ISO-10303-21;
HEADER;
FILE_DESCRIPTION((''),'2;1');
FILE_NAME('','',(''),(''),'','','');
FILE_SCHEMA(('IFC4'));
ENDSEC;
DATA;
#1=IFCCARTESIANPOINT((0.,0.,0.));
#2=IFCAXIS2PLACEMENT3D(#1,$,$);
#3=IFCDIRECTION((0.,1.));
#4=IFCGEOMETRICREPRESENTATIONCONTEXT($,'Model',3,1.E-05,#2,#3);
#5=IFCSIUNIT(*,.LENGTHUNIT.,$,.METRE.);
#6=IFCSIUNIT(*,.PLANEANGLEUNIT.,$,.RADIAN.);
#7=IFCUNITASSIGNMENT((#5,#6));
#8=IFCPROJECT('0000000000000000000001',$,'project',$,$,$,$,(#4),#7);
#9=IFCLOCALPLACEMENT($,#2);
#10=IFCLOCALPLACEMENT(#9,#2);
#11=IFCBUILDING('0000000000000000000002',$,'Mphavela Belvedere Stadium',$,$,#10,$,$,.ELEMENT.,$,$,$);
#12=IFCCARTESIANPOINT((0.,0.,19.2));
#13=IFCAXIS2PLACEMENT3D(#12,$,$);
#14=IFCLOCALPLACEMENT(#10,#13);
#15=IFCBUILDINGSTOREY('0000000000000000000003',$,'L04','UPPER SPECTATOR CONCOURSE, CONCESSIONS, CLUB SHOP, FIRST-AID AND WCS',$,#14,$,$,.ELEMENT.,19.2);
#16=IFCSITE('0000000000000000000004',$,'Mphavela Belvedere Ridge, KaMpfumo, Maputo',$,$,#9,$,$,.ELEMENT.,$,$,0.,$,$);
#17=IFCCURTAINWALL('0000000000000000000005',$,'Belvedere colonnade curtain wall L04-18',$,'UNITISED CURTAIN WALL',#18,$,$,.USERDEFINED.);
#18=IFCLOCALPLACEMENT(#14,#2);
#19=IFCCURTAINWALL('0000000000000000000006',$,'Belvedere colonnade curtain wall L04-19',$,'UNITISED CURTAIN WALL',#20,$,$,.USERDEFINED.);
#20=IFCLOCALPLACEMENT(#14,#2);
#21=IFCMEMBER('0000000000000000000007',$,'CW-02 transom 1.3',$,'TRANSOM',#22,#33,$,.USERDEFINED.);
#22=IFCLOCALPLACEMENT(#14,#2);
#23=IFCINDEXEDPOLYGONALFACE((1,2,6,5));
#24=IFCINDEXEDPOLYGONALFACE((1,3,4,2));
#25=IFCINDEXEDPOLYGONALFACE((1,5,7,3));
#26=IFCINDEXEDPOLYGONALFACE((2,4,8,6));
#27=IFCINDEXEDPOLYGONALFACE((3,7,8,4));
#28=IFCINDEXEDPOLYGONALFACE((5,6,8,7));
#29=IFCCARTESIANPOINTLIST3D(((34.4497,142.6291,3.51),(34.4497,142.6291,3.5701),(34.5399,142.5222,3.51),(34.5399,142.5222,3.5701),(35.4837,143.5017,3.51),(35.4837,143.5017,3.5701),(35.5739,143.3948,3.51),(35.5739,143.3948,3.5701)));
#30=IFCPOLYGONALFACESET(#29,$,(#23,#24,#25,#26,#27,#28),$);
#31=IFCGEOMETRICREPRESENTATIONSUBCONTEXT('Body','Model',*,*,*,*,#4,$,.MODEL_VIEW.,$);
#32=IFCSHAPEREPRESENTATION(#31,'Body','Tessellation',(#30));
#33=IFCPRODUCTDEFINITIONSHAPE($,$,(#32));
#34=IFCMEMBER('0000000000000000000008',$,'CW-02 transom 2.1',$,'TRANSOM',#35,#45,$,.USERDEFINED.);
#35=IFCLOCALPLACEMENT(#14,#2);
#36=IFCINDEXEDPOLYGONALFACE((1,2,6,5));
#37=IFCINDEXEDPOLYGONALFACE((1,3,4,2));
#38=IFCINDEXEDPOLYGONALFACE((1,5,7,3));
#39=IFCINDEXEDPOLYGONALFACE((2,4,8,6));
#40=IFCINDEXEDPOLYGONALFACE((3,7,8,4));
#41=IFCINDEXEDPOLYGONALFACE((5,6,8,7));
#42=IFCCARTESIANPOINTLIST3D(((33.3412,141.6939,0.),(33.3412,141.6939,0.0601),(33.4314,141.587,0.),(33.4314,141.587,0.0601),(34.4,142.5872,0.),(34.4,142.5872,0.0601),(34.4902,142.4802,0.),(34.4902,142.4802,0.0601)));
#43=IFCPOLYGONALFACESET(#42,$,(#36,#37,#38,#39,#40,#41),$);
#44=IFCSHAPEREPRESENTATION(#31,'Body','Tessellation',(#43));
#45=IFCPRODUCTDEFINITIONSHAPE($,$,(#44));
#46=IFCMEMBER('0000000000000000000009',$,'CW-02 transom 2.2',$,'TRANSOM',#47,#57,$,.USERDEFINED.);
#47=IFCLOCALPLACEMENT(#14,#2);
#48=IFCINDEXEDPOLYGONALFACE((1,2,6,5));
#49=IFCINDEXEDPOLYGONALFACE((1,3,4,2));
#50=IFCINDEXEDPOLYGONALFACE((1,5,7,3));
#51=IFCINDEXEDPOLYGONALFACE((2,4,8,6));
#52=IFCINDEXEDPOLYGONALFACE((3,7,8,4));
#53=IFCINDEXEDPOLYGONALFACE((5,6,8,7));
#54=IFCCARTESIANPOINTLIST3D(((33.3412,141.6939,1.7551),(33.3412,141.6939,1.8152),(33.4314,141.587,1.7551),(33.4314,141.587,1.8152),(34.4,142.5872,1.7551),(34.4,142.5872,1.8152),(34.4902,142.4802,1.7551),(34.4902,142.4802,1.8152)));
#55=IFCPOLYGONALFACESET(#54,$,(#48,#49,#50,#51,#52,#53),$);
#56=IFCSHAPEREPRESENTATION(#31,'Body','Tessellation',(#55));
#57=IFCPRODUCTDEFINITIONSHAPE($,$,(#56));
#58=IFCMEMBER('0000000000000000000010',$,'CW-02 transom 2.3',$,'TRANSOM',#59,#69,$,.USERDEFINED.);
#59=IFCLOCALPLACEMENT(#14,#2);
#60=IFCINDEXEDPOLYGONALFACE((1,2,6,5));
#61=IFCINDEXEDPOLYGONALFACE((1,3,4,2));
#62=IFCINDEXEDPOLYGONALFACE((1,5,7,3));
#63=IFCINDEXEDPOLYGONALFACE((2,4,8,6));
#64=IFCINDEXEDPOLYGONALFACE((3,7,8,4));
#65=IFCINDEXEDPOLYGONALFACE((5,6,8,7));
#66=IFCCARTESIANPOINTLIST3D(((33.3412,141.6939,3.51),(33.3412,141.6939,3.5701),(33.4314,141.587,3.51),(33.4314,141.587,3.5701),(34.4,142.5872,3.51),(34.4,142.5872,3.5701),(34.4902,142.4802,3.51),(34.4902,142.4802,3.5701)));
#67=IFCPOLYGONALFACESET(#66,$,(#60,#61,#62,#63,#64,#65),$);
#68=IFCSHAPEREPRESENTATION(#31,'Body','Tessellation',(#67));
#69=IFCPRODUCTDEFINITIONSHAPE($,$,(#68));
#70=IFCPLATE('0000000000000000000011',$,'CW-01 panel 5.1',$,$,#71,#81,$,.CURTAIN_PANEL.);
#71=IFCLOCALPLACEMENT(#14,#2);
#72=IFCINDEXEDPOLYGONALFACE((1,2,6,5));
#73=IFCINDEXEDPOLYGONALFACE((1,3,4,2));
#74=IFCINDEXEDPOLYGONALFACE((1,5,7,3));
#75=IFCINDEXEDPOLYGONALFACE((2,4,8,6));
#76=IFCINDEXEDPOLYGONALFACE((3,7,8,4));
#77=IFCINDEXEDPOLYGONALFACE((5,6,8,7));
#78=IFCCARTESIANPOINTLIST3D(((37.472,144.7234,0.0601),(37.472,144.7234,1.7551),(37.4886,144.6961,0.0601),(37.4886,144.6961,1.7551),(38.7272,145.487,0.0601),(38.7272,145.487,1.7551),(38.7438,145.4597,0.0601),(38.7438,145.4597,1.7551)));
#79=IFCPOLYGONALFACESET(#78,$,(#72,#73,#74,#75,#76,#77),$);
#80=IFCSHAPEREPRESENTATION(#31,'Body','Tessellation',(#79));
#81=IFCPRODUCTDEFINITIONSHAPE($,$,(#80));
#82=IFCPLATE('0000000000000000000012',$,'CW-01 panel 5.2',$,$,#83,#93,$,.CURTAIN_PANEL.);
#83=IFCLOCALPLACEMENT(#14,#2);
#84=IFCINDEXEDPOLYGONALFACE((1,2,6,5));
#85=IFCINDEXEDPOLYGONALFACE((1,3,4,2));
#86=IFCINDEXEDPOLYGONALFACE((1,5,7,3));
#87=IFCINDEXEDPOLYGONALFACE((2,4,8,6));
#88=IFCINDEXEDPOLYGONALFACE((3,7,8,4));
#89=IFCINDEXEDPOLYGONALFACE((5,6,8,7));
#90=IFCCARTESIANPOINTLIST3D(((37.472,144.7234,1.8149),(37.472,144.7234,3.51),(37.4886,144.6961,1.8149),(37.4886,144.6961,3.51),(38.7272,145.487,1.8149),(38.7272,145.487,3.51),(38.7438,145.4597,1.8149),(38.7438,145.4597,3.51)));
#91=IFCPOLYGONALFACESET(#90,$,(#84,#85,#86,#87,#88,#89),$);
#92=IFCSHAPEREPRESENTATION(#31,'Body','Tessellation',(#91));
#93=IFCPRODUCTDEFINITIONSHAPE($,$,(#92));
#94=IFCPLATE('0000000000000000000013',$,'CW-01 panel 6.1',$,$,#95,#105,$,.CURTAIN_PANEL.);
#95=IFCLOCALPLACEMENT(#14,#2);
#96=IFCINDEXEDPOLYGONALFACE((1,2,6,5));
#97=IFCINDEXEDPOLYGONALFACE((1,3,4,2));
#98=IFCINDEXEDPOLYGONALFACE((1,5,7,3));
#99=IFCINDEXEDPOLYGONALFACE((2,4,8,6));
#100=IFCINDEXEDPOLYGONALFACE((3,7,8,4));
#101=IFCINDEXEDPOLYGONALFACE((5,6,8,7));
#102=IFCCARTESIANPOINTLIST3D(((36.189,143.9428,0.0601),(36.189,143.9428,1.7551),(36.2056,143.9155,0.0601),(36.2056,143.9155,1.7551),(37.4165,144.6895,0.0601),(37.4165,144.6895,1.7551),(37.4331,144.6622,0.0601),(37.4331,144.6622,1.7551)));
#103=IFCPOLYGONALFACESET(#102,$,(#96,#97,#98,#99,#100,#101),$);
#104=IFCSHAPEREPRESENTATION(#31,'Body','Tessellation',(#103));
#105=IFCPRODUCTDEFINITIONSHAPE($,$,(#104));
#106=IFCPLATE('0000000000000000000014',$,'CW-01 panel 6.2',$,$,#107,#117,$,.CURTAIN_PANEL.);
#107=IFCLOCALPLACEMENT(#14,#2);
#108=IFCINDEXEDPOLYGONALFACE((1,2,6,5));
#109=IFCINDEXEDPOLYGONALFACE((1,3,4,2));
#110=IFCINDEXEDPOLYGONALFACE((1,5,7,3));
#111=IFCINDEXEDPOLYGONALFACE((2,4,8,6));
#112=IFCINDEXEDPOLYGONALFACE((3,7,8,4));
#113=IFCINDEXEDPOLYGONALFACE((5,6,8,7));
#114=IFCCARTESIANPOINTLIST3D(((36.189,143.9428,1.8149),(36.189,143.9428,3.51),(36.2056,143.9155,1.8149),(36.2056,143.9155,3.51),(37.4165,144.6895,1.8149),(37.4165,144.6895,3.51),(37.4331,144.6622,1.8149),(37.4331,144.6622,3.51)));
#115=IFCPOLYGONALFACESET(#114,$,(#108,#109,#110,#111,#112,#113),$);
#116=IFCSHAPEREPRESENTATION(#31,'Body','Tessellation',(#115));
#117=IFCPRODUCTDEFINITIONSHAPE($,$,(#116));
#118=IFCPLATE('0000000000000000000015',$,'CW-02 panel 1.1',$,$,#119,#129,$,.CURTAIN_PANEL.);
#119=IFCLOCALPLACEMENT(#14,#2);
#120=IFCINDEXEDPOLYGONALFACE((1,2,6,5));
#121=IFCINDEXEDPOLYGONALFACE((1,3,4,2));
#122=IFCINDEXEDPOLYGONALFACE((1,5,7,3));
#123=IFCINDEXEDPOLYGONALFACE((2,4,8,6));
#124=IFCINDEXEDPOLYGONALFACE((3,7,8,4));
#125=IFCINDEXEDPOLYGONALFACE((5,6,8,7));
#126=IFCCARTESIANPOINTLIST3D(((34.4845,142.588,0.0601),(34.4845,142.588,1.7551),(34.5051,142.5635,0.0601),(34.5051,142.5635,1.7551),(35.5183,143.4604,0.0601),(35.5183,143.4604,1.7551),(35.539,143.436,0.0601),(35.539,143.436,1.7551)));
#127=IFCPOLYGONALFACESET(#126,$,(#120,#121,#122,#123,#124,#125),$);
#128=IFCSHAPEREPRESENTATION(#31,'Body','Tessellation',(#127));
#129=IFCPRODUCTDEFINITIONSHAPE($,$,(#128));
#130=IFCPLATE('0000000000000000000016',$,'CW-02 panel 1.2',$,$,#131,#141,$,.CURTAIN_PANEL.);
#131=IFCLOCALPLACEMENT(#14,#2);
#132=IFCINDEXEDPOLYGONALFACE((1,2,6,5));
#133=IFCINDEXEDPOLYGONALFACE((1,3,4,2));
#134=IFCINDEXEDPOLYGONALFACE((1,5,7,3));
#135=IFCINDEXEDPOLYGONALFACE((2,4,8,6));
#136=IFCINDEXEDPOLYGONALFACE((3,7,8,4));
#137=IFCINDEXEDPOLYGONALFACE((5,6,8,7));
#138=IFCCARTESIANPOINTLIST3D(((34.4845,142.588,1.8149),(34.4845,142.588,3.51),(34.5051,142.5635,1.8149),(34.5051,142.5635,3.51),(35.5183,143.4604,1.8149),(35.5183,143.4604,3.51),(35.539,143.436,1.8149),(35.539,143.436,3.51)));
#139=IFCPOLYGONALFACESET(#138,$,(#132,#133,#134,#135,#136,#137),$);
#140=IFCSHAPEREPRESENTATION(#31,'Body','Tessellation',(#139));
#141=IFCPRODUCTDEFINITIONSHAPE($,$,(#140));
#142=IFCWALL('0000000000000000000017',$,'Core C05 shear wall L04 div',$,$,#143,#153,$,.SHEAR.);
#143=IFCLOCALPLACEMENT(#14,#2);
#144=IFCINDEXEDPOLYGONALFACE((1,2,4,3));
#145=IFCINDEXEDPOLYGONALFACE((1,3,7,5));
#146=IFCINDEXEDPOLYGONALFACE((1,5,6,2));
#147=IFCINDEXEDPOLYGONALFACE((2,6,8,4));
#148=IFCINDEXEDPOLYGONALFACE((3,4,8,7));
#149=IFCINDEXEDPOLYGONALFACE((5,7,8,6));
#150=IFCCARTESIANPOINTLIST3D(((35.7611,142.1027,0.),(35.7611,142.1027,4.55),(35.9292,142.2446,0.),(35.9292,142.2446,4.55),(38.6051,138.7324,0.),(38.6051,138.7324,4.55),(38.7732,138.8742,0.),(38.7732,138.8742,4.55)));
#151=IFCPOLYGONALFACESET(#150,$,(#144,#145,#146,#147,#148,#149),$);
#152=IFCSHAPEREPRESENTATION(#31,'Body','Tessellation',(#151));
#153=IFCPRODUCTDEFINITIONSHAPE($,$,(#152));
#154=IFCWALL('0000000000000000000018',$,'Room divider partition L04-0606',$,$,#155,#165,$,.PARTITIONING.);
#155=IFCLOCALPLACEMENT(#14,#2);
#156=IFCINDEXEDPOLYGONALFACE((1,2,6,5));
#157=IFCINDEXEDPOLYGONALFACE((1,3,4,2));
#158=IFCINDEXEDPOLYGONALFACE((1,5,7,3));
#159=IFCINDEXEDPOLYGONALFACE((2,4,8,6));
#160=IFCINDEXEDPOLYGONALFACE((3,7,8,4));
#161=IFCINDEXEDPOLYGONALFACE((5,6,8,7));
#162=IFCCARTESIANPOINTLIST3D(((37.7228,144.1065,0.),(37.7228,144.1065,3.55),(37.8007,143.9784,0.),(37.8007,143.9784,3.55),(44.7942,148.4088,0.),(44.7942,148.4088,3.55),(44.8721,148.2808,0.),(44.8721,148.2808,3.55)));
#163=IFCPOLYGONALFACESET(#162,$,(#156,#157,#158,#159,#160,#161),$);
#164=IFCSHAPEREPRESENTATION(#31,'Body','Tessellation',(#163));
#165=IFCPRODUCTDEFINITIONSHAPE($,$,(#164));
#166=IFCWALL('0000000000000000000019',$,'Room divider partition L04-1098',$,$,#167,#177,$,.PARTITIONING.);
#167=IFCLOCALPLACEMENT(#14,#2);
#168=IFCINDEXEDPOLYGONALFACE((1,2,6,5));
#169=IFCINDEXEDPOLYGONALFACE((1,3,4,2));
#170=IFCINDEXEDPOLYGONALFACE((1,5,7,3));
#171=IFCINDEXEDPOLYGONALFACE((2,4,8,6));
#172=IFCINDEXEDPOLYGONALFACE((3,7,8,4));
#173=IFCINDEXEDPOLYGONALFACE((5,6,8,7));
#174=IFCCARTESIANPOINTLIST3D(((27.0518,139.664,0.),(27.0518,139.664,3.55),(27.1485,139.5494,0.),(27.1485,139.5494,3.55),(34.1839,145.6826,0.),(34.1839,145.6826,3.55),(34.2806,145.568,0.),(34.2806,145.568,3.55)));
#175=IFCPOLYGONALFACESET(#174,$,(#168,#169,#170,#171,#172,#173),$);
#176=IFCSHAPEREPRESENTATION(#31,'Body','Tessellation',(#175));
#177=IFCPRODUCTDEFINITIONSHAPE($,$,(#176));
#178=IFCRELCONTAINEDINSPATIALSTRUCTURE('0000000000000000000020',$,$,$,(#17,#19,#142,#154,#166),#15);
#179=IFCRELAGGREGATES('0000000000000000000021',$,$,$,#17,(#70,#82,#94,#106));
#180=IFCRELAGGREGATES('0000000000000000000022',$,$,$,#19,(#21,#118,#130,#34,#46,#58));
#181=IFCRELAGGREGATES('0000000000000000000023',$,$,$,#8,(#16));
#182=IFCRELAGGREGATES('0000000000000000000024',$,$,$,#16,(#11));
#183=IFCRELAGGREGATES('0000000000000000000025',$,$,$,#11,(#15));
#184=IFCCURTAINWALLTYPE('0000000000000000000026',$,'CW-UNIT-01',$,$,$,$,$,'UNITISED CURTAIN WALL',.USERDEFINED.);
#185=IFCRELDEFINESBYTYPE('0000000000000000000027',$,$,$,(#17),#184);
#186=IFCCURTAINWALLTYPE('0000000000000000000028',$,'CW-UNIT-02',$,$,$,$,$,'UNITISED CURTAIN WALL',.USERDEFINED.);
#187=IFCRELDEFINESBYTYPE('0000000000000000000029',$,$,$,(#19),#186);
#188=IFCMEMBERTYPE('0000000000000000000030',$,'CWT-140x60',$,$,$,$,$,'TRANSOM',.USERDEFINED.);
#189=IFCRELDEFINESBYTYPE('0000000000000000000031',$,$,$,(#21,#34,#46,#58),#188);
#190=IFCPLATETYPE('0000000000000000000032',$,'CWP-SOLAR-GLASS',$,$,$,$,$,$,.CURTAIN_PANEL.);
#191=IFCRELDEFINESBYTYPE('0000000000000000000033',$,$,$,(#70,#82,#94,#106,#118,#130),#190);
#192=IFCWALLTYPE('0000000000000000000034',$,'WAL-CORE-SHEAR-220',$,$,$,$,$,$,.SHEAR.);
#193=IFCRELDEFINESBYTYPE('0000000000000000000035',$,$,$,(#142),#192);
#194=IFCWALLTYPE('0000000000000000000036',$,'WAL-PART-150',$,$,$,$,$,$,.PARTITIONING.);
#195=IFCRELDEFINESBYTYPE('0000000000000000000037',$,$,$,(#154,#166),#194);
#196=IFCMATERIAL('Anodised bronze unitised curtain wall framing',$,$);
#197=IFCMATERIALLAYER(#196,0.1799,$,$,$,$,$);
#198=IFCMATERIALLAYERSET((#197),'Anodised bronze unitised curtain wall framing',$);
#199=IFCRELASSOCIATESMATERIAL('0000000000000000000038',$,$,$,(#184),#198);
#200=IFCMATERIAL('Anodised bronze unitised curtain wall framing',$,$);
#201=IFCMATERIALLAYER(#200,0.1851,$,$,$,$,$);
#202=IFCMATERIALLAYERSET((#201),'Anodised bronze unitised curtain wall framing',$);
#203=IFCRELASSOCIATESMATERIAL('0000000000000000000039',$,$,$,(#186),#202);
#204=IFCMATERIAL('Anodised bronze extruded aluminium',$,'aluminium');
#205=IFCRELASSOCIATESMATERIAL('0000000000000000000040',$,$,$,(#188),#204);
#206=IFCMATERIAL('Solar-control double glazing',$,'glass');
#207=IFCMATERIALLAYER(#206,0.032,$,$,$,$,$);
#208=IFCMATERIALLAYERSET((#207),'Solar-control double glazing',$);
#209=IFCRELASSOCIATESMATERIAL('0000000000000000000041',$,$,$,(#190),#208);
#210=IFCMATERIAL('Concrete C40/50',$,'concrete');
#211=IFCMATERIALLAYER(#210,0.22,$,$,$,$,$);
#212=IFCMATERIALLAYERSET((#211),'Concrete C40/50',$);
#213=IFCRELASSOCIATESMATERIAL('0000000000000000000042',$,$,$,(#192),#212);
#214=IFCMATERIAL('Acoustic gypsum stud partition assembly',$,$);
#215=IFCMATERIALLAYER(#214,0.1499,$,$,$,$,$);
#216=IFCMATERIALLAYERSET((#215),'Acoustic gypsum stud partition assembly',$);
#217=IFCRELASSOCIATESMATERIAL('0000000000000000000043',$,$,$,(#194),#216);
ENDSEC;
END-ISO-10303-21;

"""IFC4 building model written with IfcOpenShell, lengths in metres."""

from ifc_helpers import new_model, si_unit, direction, frame, frame_2d, origin, origin_2d, place, context, subcontext, project, spatial, rectangle, extrude, material, layer, layer_set, material_profile, profile_set, type_object, element, aggregate, save


model = new_model("IFC4")

# Units and contexts
model_context = context("Model", 3, precision=1e-05, world=origin(), true_north=direction((0.0, 1.0)))
body_context = subcontext(model_context, "Body", "Model", "MODEL_VIEW")
ifc_project = project(units=[si_unit("LENGTHUNIT", "METRE"), si_unit("PLANEANGLEUNIT", "RADIAN")], contexts=[model_context])

# Site, building, storey
site_placement = place(None, origin())
site = spatial("IfcSite", under=ifc_project, at=site_placement, Name="Mphavela Belvedere Ridge, KaMpfumo, Maputo", CompositionType="ELEMENT", RefElevation=0.0)
building_placement = place(site_placement, origin())
building = spatial("IfcBuilding", under=site, at=building_placement, Name="Mphavela Belvedere Stadium", CompositionType="ELEMENT")
storey_placement = place(building_placement, frame((0.0, 0.0, 19.2)))
storey = spatial("IfcBuildingStorey", under=building, at=storey_placement, Name="L04", Description="UPPER SPECTATOR CONCOURSE, CONCESSIONS, CLUB SHOP, FIRST-AID AND WCS", CompositionType="ELEMENT", Elevation=19.2)

# Curtain walls
ifc_material_1 = material(Name="Anodised bronze unitised curtain wall framing")
ifc_layer_1 = layer(ifc_material_1, 0.1799)
ifc_layer_set_1 = layer_set([ifc_layer_1], Name="Anodised bronze unitised curtain wall framing")
curtain_wall_type_1 = type_object("IfcCurtainWallType", Name="CW-UNIT-01", ElementType="UNITISED CURTAIN WALL", PredefinedType="USERDEFINED", material=ifc_layer_set_1)
curtain_wall_1_placement = place(storey_placement, origin())
curtain_wall_1 = element("IfcCurtainWall", 1, at=curtain_wall_1_placement, inside=storey, type_object=curtain_wall_type_1, Name="Belvedere colonnade curtain wall L04-18", ObjectType="UNITISED CURTAIN WALL", PredefinedType="USERDEFINED")
ifc_material_2 = material(Name="Anodised bronze unitised curtain wall framing")
ifc_layer_2 = layer(ifc_material_2, 0.1851)
ifc_layer_set_2 = layer_set([ifc_layer_2], Name="Anodised bronze unitised curtain wall framing")
curtain_wall_type_2 = type_object("IfcCurtainWallType", Name="CW-UNIT-02", ElementType="UNITISED CURTAIN WALL", PredefinedType="USERDEFINED", material=ifc_layer_set_2)
curtain_wall_2_placement = place(storey_placement, origin())
curtain_wall_2 = element("IfcCurtainWall", 2, at=curtain_wall_2_placement, inside=storey, type_object=curtain_wall_type_2, Name="Belvedere colonnade curtain wall L04-19", ObjectType="UNITISED CURTAIN WALL", PredefinedType="USERDEFINED")

# Members
ifc_material_3 = material(Name="Anodised bronze extruded aluminium", Category="aluminium")
ifc_material_profile_1 = material_profile(ifc_material_3, rectangle(XDim=0.1399, YDim=0.0601, at=origin_2d()), Name="CW-TRN 140x60")
ifc_profile_set_1 = profile_set([ifc_material_profile_1], Name="Anodised bronze extruded aluminium")
member_type_1 = type_object("IfcMemberType", Name="CWT-140x60", ElementType="TRANSOM", PredefinedType="USERDEFINED", material=ifc_profile_set_1)
member_1_placement = place(storey_placement, frame((35.5288, 143.4482, 3.54), z_axis=(-0.764228, -0.644947, 0.0), x_axis=(0.644947, -0.764228, 0.0)))
member_1 = element("IfcMember", 3, at=member_1_placement, type_object=member_type_1, Name="CW-02 transom 1.3", ObjectType="TRANSOM", PredefinedType="USERDEFINED", context=body_context, shape_type="SweptSolid", body=[
    extrude(rectangle(XDim=0.1399, YDim=0.0601, at=origin_2d()), origin(), (0.0, 0.0, 1.0), 1.353),
])
member_2_placement = place(storey_placement, frame((34.4451, 142.5337, 0.03), z_axis=(-0.764321, -0.644836, 0.0), x_axis=(0.644836, -0.764321, 0.0)))
member_2 = element("IfcMember", 4, at=member_2_placement, type_object=member_type_1, Name="CW-02 transom 2.1", ObjectType="TRANSOM", PredefinedType="USERDEFINED", context=body_context, shape_type="SweptSolid", body=[
    extrude(rectangle(XDim=0.1399, YDim=0.0601, at=origin_2d()), origin(), (0.0, 0.0, 1.0), 1.3853),
])
member_3_placement = place(storey_placement, frame((34.4451, 142.5337, 1.7852), z_axis=(-0.764321, -0.644836, 0.0), x_axis=(0.644836, -0.764321, 0.0)))
member_3 = element("IfcMember", 5, at=member_3_placement, type_object=member_type_1, Name="CW-02 transom 2.2", ObjectType="TRANSOM", PredefinedType="USERDEFINED", context=body_context, shape_type="SweptSolid", body=[
    extrude(rectangle(XDim=0.1399, YDim=0.0601, at=origin_2d()), origin(), (0.0, 0.0, 1.0), 1.3853),
])
member_4_placement = place(storey_placement, frame((34.4451, 142.5337, 3.54), z_axis=(-0.764321, -0.644836, 0.0), x_axis=(0.644836, -0.764321, 0.0)))
member_4 = element("IfcMember", 6, at=member_4_placement, type_object=member_type_1, Name="CW-02 transom 2.3", ObjectType="TRANSOM", PredefinedType="USERDEFINED", context=body_context, shape_type="SweptSolid", body=[
    extrude(rectangle(XDim=0.1399, YDim=0.0601, at=origin_2d()), origin(), (0.0, 0.0, 1.0), 1.3853),
])

# Plates
ifc_material_4 = material(Name="Solar-control double glazing", Category="glass")
ifc_layer_3 = layer(ifc_material_4, 0.032)
ifc_layer_set_3 = layer_set([ifc_layer_3], Name="Solar-control double glazing")
plate_type = type_object("IfcPlateType", Name="CWP-SOLAR-GLASS", PredefinedType="CURTAIN_PANEL", material=ifc_layer_set_3)
plate_1_placement = place(storey_placement, frame((38.1079, 145.0916, 0.0601), z_axis=(0.0, 0.0, 1.0), x_axis=(-0.854327, -0.519735, 0.0)))
plate_1 = element("IfcPlate", 7, at=plate_1_placement, type_object=plate_type, Name="CW-01 panel 5.1", PredefinedType="CURTAIN_PANEL", context=body_context, shape_type="SweptSolid", body=[
    extrude(rectangle(XDim=1.4692, YDim=0.032, at=origin_2d()), origin(), (0.0, 0.0, 1.0), 1.6951),
])
plate_2_placement = place(storey_placement, frame((38.1079, 145.0916, 1.8149), z_axis=(0.0, 0.0, 1.0), x_axis=(-0.854327, -0.519735, 0.0)))
plate_2 = element("IfcPlate", 8, at=plate_2_placement, type_object=plate_type, Name="CW-01 panel 5.2", PredefinedType="CURTAIN_PANEL", context=body_context, shape_type="SweptSolid", body=[
    extrude(rectangle(XDim=1.4692, YDim=0.032, at=origin_2d()), origin(), (0.0, 0.0, 1.0), 1.6951),
])
plate_3_placement = place(storey_placement, frame((36.811, 144.3025, 0.0601), z_axis=(0.0, 0.0, 1.0), x_axis=(-0.854327, -0.519735, 0.0)))
plate_3 = element("IfcPlate", 9, at=plate_3_placement, type_object=plate_type, Name="CW-01 panel 6.1", PredefinedType="CURTAIN_PANEL", context=body_context, shape_type="SweptSolid", body=[
    extrude(rectangle(XDim=1.4368, YDim=0.032, at=origin_2d()), origin(), (0.0, 0.0, 1.0), 1.6951),
])
plate_4_placement = place(storey_placement, frame((36.811, 144.3025, 1.8149), z_axis=(0.0, 0.0, 1.0), x_axis=(-0.854327, -0.519735, 0.0)))
plate_4 = element("IfcPlate", 10, at=plate_4_placement, type_object=plate_type, Name="CW-01 panel 6.2", PredefinedType="CURTAIN_PANEL", context=body_context, shape_type="SweptSolid", body=[
    extrude(rectangle(XDim=1.4368, YDim=0.032, at=origin_2d()), origin(), (0.0, 0.0, 1.0), 1.6951),
])
aggregate(curtain_wall_1, [plate_1, plate_2, plate_3, plate_4])
plate_5_placement = place(storey_placement, frame((35.0117, 143.012, 0.0601), z_axis=(0.0, 0.0, 1.0), x_axis=(-0.764253, -0.644916, 0.0)))
plate_5 = element("IfcPlate", 11, at=plate_5_placement, type_object=plate_type, Name="CW-02 panel 1.1", PredefinedType="CURTAIN_PANEL", context=body_context, shape_type="SweptSolid", body=[
    extrude(rectangle(XDim=1.3528, YDim=0.032, at=origin_2d()), origin(), (0.0, 0.0, 1.0), 1.6951),
])
plate_6_placement = place(storey_placement, frame((35.0117, 143.012, 1.8149), z_axis=(0.0, 0.0, 1.0), x_axis=(-0.764253, -0.644916, 0.0)))
plate_6 = element("IfcPlate", 12, at=plate_6_placement, type_object=plate_type, Name="CW-02 panel 1.2", PredefinedType="CURTAIN_PANEL", context=body_context, shape_type="SweptSolid", body=[
    extrude(rectangle(XDim=1.3528, YDim=0.032, at=origin_2d()), origin(), (0.0, 0.0, 1.0), 1.6951),
])
aggregate(curtain_wall_2, [member_1, plate_5, plate_6, member_2, member_3, member_4])

# Walls
ifc_material_5 = material(Name="Concrete C40/50", Category="concrete")
ifc_layer_4 = layer(ifc_material_5, 0.22)
ifc_layer_set_4 = layer_set([ifc_layer_4], Name="Concrete C40/50")
wall_type_1 = type_object("IfcWallType", Name="WAL-CORE-SHEAR-220", PredefinedType="SHEAR", material=ifc_layer_set_4)
wall_1_placement = place(storey_placement, frame((38.6892, 138.8032, 0.0), z_axis=(0.0, 0.0, 1.0), x_axis=(-0.644904, 0.764263, 0.0)))
element("IfcWall", 13, at=wall_1_placement, inside=storey, type_object=wall_type_1, Name="Core C05 shear wall L04 div", PredefinedType="SHEAR", context=body_context, shape_type="SweptSolid", body=[
    extrude(rectangle(XDim=4.4099, YDim=0.22, at=frame_2d((2.2051, 0.0))), origin(), (0.0, 0.0, 1.0), 4.55),
])
ifc_material_6 = material(Name="Acoustic gypsum stud partition assembly")
ifc_layer_5 = layer(ifc_material_6, 0.1499)
ifc_layer_set_5 = layer_set([ifc_layer_5], Name="Acoustic gypsum stud partition assembly")
wall_type_2 = type_object("IfcWallType", Name="WAL-PART-150", PredefinedType="PARTITIONING", material=ifc_layer_set_5)
wall_2_placement = place(storey_placement, frame((37.7617, 144.0425, 0.0), z_axis=(0.0, 0.0, 1.0), x_axis=(0.854307, 0.519769, 0.0)))
element("IfcWall", 14, at=wall_2_placement, inside=storey, type_object=wall_type_2, Name="Room divider partition L04-0606", PredefinedType="PARTITIONING", context=body_context, shape_type="SweptSolid", body=[
    extrude(rectangle(XDim=8.2773, YDim=0.1499, at=frame_2d((4.1387, 0.0))), origin(), (0.0, 0.0, 1.0), 3.55),
])
wall_3_placement = place(storey_placement, frame((34.2322, 145.6252, 0.0), z_axis=(0.0, 0.0, 1.0), x_axis=(-0.764246, -0.644925, 0.0)))
element("IfcWall", 15, at=wall_3_placement, inside=storey, type_object=wall_type_2, Name="Room divider partition L04-1098", PredefinedType="PARTITIONING", context=body_context, shape_type="SweptSolid", body=[
    extrude(rectangle(XDim=9.3323, YDim=0.1499, at=frame_2d((4.666, 0.0))), origin(), (0.0, 0.0, 1.0), 3.55),
])

save(model, "model.ifc")
